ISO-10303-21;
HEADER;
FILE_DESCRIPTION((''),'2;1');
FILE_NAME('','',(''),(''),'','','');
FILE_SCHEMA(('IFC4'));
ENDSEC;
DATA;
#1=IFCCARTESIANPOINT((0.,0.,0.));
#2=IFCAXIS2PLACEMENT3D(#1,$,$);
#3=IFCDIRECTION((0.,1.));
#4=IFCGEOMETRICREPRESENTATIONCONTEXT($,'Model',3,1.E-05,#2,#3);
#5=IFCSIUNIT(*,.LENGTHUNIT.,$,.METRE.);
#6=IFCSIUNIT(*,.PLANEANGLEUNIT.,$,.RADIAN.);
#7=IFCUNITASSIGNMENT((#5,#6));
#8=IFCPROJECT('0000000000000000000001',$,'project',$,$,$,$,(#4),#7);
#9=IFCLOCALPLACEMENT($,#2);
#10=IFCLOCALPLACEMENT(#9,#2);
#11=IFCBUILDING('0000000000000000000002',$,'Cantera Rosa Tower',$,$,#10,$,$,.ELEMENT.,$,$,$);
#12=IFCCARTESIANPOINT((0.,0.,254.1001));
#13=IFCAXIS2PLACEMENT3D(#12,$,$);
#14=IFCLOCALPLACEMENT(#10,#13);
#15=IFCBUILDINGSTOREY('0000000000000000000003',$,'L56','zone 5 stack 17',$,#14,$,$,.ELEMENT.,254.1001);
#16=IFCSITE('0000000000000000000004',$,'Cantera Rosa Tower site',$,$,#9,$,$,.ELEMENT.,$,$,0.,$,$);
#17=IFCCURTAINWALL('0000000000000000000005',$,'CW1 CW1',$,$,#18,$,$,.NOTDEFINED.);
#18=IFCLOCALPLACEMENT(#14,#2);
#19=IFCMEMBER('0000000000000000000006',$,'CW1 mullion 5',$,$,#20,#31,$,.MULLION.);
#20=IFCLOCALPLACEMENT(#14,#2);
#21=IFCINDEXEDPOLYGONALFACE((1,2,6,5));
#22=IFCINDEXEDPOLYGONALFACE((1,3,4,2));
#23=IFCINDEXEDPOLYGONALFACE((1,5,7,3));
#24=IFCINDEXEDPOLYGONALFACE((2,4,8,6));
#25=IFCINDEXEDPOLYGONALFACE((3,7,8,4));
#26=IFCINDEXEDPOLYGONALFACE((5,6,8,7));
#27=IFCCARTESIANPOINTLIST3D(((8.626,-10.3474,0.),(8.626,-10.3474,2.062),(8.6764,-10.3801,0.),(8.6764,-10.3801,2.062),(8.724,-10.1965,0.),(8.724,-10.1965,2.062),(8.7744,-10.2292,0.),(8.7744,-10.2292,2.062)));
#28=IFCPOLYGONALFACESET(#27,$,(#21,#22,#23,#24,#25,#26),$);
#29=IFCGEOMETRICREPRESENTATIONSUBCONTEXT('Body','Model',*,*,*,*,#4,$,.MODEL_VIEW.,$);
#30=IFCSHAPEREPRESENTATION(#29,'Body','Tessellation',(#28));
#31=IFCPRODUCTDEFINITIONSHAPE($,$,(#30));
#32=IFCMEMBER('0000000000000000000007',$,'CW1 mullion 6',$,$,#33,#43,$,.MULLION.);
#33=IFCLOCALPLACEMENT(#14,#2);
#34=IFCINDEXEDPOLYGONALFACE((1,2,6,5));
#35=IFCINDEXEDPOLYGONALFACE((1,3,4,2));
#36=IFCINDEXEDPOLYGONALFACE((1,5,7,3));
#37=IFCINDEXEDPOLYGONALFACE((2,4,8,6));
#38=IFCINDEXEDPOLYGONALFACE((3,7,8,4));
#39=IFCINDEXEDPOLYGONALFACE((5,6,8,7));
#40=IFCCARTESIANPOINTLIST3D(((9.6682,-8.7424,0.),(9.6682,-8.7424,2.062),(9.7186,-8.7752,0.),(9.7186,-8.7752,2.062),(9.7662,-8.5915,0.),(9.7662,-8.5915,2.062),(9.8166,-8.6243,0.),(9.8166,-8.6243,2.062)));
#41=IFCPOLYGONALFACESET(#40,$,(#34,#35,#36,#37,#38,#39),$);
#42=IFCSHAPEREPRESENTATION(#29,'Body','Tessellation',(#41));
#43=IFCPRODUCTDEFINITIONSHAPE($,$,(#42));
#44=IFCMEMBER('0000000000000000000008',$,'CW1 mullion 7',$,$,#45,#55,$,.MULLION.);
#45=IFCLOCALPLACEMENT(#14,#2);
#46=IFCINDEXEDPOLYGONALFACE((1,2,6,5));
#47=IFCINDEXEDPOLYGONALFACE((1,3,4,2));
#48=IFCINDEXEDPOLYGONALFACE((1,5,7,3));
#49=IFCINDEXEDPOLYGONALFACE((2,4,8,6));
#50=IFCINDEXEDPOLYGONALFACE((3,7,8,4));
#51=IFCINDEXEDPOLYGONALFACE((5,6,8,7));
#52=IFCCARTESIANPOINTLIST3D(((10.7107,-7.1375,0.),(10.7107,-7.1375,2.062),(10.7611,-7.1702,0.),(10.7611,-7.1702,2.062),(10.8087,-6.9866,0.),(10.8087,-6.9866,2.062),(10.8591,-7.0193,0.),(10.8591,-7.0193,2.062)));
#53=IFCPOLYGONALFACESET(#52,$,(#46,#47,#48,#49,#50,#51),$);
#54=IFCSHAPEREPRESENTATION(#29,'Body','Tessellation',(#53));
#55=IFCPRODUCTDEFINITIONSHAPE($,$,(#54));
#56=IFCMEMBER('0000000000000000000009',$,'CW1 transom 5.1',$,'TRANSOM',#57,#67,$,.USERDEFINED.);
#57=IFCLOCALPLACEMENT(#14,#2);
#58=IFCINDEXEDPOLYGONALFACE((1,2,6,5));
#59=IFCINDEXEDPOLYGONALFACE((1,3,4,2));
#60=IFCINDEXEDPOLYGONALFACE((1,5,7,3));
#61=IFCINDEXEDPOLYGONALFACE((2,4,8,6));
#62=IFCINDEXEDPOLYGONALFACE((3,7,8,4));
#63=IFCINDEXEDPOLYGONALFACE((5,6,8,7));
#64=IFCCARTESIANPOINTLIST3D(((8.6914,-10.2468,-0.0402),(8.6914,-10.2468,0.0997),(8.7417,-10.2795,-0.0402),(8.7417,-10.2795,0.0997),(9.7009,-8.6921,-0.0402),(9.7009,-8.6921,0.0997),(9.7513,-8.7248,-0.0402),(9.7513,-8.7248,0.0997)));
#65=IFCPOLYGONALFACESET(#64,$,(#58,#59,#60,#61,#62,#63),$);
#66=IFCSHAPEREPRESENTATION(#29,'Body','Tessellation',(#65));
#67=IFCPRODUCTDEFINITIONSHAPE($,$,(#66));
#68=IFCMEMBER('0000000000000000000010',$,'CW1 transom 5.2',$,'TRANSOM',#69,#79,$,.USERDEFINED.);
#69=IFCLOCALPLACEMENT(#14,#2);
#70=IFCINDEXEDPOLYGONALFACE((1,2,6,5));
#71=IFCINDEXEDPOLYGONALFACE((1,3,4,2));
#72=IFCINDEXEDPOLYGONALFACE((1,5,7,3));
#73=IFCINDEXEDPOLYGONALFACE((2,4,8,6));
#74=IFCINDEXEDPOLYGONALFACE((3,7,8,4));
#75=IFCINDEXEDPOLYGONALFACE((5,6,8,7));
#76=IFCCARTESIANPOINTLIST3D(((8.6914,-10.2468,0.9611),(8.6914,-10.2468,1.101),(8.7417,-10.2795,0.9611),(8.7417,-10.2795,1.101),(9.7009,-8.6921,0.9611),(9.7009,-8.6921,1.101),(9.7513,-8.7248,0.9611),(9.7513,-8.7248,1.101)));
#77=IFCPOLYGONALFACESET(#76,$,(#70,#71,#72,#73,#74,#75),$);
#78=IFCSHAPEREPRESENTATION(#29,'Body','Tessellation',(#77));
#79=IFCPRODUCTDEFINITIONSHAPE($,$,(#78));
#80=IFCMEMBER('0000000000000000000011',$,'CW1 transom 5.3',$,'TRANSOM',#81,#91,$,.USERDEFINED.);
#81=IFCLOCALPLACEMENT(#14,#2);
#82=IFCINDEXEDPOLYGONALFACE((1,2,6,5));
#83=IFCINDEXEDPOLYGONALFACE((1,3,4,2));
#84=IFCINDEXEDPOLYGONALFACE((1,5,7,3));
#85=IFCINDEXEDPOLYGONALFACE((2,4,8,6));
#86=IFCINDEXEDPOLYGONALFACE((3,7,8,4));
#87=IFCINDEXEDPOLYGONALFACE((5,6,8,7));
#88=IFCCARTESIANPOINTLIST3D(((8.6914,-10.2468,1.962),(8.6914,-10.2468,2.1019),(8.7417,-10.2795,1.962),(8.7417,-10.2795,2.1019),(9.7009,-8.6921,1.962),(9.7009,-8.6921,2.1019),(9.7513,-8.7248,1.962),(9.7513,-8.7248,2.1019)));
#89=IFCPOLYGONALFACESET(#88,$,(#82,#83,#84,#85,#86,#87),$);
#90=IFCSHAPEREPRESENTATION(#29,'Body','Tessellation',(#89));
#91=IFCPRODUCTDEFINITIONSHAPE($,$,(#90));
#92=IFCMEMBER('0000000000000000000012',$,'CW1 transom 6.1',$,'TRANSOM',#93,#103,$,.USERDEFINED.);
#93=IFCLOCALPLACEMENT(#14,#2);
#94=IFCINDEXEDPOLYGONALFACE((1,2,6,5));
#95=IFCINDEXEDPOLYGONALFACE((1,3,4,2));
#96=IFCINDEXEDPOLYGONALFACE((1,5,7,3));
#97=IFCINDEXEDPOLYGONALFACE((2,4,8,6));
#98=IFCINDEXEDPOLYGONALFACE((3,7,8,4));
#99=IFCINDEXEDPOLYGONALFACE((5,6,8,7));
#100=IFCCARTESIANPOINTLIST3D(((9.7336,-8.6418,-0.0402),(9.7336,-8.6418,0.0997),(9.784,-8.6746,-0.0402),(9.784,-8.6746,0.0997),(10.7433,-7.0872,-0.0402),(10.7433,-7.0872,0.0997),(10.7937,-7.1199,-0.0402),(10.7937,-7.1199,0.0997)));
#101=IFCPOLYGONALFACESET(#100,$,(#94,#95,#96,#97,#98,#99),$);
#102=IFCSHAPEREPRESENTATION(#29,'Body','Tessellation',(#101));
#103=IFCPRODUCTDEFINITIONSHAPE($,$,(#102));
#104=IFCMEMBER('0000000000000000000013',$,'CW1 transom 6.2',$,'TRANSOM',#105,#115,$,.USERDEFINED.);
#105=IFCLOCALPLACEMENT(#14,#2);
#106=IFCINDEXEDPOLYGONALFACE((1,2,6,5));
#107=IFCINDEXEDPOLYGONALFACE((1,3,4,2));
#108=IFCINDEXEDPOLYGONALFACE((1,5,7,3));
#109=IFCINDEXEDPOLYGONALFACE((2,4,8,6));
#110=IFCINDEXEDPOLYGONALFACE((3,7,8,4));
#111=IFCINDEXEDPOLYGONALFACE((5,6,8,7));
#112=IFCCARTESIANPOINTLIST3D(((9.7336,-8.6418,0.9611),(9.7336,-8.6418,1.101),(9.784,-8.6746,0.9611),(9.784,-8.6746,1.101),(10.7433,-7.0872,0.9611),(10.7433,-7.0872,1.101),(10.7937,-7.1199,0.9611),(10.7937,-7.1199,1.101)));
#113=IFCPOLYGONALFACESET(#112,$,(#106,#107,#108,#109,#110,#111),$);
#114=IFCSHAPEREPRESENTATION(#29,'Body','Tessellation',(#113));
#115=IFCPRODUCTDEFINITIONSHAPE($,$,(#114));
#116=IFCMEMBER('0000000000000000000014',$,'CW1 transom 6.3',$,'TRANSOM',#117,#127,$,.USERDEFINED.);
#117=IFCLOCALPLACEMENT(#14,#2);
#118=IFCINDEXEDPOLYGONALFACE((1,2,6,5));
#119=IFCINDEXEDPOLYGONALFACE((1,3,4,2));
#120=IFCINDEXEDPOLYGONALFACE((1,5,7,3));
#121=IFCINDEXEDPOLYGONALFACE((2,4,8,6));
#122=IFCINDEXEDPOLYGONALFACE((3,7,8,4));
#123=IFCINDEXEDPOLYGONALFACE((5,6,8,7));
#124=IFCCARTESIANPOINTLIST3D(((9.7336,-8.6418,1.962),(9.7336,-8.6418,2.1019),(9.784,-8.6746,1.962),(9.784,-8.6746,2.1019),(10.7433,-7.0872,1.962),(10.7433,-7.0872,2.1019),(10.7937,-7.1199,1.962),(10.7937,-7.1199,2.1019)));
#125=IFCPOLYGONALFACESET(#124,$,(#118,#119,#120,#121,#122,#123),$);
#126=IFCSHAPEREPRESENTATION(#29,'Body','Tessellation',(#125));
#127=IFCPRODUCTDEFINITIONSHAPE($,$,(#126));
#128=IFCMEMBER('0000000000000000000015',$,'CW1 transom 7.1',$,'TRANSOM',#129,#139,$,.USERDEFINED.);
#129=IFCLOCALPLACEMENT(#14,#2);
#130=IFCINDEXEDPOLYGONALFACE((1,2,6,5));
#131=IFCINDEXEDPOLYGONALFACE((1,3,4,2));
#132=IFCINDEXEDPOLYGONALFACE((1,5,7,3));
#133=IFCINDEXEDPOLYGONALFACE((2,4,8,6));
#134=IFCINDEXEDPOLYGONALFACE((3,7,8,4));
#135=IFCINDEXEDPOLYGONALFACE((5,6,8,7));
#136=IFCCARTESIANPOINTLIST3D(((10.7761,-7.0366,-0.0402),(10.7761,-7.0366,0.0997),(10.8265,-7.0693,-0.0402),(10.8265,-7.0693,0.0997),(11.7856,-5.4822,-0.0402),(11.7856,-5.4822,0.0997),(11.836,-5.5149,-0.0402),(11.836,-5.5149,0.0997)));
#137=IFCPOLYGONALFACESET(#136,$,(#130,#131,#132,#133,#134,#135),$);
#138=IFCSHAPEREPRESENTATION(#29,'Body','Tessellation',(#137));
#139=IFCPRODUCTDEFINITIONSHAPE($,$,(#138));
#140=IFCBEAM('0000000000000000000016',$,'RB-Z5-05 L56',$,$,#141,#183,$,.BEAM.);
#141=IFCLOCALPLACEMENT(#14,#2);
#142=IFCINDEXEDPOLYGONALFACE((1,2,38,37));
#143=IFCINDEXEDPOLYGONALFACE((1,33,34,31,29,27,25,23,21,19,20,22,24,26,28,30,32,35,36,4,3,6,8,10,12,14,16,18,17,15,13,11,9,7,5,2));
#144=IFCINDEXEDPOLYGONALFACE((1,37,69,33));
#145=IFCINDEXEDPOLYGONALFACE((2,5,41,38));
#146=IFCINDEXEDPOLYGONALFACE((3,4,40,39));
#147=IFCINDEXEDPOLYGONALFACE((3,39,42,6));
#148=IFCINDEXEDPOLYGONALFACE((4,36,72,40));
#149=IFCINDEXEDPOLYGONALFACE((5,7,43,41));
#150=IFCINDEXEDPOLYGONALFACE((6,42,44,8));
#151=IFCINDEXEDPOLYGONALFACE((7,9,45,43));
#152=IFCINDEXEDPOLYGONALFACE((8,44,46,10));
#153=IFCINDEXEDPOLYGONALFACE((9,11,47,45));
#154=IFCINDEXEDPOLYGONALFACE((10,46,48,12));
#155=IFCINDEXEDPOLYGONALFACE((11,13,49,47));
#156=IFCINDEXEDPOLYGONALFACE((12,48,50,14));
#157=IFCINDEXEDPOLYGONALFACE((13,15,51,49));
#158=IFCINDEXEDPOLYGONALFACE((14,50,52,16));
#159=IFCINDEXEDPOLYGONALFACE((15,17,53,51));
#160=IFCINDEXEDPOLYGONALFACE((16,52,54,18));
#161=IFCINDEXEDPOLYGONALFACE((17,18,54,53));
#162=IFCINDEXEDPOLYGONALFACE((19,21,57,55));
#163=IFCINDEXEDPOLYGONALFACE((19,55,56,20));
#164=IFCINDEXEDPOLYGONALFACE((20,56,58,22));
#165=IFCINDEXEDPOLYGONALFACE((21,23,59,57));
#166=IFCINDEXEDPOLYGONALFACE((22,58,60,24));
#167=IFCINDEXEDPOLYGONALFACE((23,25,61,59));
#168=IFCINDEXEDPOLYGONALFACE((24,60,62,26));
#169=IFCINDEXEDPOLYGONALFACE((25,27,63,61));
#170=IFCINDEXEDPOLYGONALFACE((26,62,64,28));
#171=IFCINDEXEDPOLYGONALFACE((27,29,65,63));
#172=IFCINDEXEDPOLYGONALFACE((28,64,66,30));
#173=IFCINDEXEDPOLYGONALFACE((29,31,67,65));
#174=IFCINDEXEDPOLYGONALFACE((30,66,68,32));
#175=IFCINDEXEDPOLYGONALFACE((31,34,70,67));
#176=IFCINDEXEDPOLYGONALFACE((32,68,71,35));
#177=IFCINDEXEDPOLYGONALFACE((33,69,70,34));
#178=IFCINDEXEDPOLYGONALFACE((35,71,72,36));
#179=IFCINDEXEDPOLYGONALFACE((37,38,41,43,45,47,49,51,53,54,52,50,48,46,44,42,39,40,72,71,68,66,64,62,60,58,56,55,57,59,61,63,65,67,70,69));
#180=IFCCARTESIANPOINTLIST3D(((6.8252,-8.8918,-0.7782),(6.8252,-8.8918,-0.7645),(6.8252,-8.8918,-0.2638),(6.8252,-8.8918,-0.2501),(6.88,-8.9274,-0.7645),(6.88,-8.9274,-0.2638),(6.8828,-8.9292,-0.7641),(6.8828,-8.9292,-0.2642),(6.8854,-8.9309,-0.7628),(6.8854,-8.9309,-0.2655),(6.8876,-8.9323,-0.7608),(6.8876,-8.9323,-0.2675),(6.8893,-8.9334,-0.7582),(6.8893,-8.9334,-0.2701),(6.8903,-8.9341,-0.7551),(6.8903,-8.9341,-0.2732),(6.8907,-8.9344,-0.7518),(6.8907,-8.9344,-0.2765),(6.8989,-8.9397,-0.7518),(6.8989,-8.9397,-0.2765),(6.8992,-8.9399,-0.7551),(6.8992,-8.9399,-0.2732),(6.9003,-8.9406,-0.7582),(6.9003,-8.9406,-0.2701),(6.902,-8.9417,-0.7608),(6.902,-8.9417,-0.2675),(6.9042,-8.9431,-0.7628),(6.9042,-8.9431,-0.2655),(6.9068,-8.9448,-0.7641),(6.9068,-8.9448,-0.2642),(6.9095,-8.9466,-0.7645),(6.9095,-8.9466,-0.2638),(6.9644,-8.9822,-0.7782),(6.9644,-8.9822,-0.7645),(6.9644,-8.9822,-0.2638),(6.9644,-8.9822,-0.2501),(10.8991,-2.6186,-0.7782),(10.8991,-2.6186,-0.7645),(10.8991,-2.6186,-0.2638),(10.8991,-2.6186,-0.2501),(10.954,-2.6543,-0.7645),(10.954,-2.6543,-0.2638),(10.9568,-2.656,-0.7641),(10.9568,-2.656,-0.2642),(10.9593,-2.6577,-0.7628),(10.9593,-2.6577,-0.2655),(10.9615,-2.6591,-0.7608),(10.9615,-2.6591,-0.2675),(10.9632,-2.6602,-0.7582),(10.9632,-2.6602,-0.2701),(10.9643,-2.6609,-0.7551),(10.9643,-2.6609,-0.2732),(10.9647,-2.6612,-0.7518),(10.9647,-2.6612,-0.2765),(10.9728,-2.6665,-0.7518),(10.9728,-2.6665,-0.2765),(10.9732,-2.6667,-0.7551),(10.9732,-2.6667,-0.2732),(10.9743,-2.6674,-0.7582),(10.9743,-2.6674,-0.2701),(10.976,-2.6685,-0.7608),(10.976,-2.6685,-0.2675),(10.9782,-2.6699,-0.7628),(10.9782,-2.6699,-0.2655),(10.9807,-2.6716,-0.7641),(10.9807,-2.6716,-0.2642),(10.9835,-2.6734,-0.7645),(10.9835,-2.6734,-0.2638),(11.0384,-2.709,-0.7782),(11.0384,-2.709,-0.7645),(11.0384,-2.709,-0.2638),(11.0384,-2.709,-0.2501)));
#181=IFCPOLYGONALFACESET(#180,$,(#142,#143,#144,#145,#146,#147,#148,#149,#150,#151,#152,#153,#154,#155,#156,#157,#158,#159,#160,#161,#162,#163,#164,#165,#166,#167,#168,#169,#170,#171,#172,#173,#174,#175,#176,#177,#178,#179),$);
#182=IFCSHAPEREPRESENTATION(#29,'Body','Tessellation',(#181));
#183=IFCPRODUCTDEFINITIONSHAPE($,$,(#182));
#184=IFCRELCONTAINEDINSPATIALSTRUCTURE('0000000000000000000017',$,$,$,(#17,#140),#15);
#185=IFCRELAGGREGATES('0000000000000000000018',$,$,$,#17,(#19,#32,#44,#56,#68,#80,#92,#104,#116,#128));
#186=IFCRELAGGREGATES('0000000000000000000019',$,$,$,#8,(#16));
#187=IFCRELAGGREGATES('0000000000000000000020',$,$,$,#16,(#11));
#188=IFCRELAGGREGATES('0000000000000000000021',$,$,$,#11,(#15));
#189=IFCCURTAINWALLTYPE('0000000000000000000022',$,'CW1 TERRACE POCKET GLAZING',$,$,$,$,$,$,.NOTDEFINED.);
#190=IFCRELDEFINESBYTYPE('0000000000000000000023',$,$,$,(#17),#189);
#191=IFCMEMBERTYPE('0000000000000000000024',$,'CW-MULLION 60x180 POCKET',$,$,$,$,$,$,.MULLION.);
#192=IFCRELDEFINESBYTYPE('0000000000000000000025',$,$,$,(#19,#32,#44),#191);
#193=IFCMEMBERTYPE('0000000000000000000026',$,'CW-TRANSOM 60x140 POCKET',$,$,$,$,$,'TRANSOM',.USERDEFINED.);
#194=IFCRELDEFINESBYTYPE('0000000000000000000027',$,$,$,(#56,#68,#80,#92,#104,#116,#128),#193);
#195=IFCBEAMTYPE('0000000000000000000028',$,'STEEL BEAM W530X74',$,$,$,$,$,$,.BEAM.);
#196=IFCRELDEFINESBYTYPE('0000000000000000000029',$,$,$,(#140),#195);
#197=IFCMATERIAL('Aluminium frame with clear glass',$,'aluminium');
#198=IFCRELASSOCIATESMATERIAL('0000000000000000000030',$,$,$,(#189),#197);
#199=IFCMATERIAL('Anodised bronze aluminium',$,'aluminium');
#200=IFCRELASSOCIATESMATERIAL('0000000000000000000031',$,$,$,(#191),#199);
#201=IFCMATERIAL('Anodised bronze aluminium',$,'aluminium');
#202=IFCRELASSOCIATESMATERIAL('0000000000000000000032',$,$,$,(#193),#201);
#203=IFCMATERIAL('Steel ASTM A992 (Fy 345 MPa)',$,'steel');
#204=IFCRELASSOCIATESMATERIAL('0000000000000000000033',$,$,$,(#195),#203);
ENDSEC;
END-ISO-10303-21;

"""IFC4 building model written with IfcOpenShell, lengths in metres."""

from ifc_helpers import new_model, si_unit, direction, frame, origin, origin_2d, place, context, subcontext, project, spatial, rectangle, i_section, extrude, material, material_profile, profile_set, type_object, element, aggregate, save


model = new_model("IFC4")

# Units and contexts
model_context = context("Model", 3, precision=1e-05, world=origin(), true_north=direction((0.0, 1.0)))
body_context = subcontext(model_context, "Body", "Model", "MODEL_VIEW")
ifc_project = project(units=[si_unit("LENGTHUNIT", "METRE"), si_unit("PLANEANGLEUNIT", "RADIAN")], contexts=[model_context])

# Site, building, storey
site_placement = place(None, origin())
site = spatial("IfcSite", under=ifc_project, at=site_placement, Name="Cantera Rosa Tower site", CompositionType="ELEMENT", RefElevation=0.0)
building_placement = place(site_placement, origin())
building = spatial("IfcBuilding", under=site, at=building_placement, Name="Cantera Rosa Tower", CompositionType="ELEMENT")
storey_placement = place(building_placement, frame((0.0, 0.0, 254.1001)))
storey = spatial("IfcBuildingStorey", under=building, at=storey_placement, Name="L56", Description="zone 5 stack 17", CompositionType="ELEMENT", Elevation=254.1001)

# Curtain wall, members
ifc_material_1 = material(Name="Aluminium frame with clear glass", Category="aluminium")
curtain_wall_type = type_object("IfcCurtainWallType", Name="CW1 TERRACE POCKET GLAZING", PredefinedType="NOTDEFINED", material=ifc_material_1)
curtain_wall_placement = place(storey_placement, origin())
curtain_wall = element("IfcCurtainWall", 1, at=curtain_wall_placement, inside=storey, type_object=curtain_wall_type, Name="CW1 CW1", PredefinedType="NOTDEFINED")
ifc_material_2 = material(Name="Anodised bronze aluminium", Category="aluminium")
ifc_material_profile_1 = material_profile(ifc_material_2, rectangle(XDim=0.0601, YDim=0.1799, at=origin_2d()), Name="CW-MULLION 60x180 POCKET")
ifc_profile_set_1 = profile_set([ifc_material_profile_1], Name="Anodised bronze aluminium")
member_type_1 = type_object("IfcMemberType", Name="CW-MULLION 60x180 POCKET", PredefinedType="MULLION", material=ifc_profile_set_1)
member_1_placement = place(storey_placement, frame((8.7002, -10.2883, 0.0), z_axis=(0.0, 0.0, 1.0), x_axis=(-0.838671, 0.544639, 0.0)))
member_1 = element("IfcMember", 2, at=member_1_placement, type_object=member_type_1, Name="CW1 mullion 5", PredefinedType="MULLION", context=body_context, shape_type="SweptSolid", body=[
    extrude(rectangle(XDim=0.0601, YDim=0.1799, at=origin_2d()), origin(), (0.0, 0.0, 1.0), 2.062),
])
member_2_placement = place(storey_placement, frame((9.7424, -8.6833, 0.0), z_axis=(0.0, 0.0, 1.0), x_axis=(-0.838671, 0.544639, 0.0)))
member_2 = element("IfcMember", 3, at=member_2_placement, type_object=member_type_1, Name="CW1 mullion 6", PredefinedType="MULLION", context=body_context, shape_type="SweptSolid", body=[
    extrude(rectangle(XDim=0.0601, YDim=0.1799, at=origin_2d()), origin(), (0.0, 0.0, 1.0), 2.062),
])
member_3_placement = place(storey_placement, frame((10.7849, -7.0784, 0.0), z_axis=(0.0, 0.0, 1.0), x_axis=(-0.838671, 0.544639, 0.0)))
member_3 = element("IfcMember", 4, at=member_3_placement, type_object=member_type_1, Name="CW1 mullion 7", PredefinedType="MULLION", context=body_context, shape_type="SweptSolid", body=[
    extrude(rectangle(XDim=0.0601, YDim=0.1799, at=origin_2d()), origin(), (0.0, 0.0, 1.0), 2.062),
])
ifc_material_3 = material(Name="Anodised bronze aluminium", Category="aluminium")
ifc_material_profile_2 = material_profile(ifc_material_3, rectangle(XDim=0.0601, YDim=0.1399, at=origin_2d()), Name="CW-TRANSOM 60x140 POCKET")
ifc_profile_set_2 = profile_set([ifc_material_profile_2], Name="Anodised bronze aluminium")
member_type_2 = type_object("IfcMemberType", Name="CW-TRANSOM 60x140 POCKET", ElementType="TRANSOM", PredefinedType="USERDEFINED", material=ifc_profile_set_2)
member_4_placement = place(storey_placement, frame((8.7166, -10.2632, 0.0298), z_axis=(0.544599, 0.838696, 0.0), x_axis=(-0.838696, 0.544599, 0.0)))
member_4 = element("IfcMember", 5, at=member_4_placement, type_object=member_type_2, Name="CW1 transom 5.1", ObjectType="TRANSOM", PredefinedType="USERDEFINED", context=body_context, shape_type="SweptSolid", body=[
    extrude(rectangle(XDim=0.0601, YDim=0.1399, at=origin_2d()), origin(), (0.0, 0.0, 1.0), 1.8538),
])
member_5_placement = place(storey_placement, frame((8.7166, -10.2632, 1.031), z_axis=(0.544599, 0.838696, 0.0), x_axis=(-0.838696, 0.544599, 0.0)))
member_5 = element("IfcMember", 6, at=member_5_placement, type_object=member_type_2, Name="CW1 transom 5.2", ObjectType="TRANSOM", PredefinedType="USERDEFINED", context=body_context, shape_type="SweptSolid", body=[
    extrude(rectangle(XDim=0.0601, YDim=0.1399, at=origin_2d()), origin(), (0.0, 0.0, 1.0), 1.8538),
])
member_6_placement = place(storey_placement, frame((8.7166, -10.2632, 2.032), z_axis=(0.544599, 0.838696, 0.0), x_axis=(-0.838696, 0.544599, 0.0)))
member_6 = element("IfcMember", 7, at=member_6_placement, type_object=member_type_2, Name="CW1 transom 5.3", ObjectType="TRANSOM", PredefinedType="USERDEFINED", context=body_context, shape_type="SweptSolid", body=[
    extrude(rectangle(XDim=0.0601, YDim=0.1399, at=origin_2d()), origin(), (0.0, 0.0, 1.0), 1.8538),
])
member_7_placement = place(storey_placement, frame((9.7588, -8.6582, 0.0298), z_axis=(0.544692, 0.838636, 0.0), x_axis=(-0.838636, 0.544692, 0.0)))
member_7 = element("IfcMember", 8, at=member_7_placement, type_object=member_type_2, Name="CW1 transom 6.1", ObjectType="TRANSOM", PredefinedType="USERDEFINED", context=body_context, shape_type="SweptSolid", body=[
    extrude(rectangle(XDim=0.0601, YDim=0.1399, at=origin_2d()), origin(), (0.0, 0.0, 1.0), 1.8538),
])
member_8_placement = place(storey_placement, frame((9.7588, -8.6582, 1.031), z_axis=(0.544692, 0.838636, 0.0), x_axis=(-0.838636, 0.544692, 0.0)))
member_8 = element("IfcMember", 9, at=member_8_placement, type_object=member_type_2, Name="CW1 transom 6.2", ObjectType="TRANSOM", PredefinedType="USERDEFINED", context=body_context, shape_type="SweptSolid", body=[
    extrude(rectangle(XDim=0.0601, YDim=0.1399, at=origin_2d()), origin(), (0.0, 0.0, 1.0), 1.8538),
])
member_9_placement = place(storey_placement, frame((9.7588, -8.6582, 2.032), z_axis=(0.544692, 0.838636, 0.0), x_axis=(-0.838636, 0.544692, 0.0)))
member_9 = element("IfcMember", 10, at=member_9_placement, type_object=member_type_2, Name="CW1 transom 6.3", ObjectType="TRANSOM", PredefinedType="USERDEFINED", context=body_context, shape_type="SweptSolid", body=[
    extrude(rectangle(XDim=0.0601, YDim=0.1399, at=origin_2d()), origin(), (0.0, 0.0, 1.0), 1.8538),
])
member_10_placement = place(storey_placement, frame((10.8013, -7.053, 0.0298), z_axis=(0.54466, 0.838657, 0.0), x_axis=(-0.838657, 0.54466, 0.0)))
member_10 = element("IfcMember", 11, at=member_10_placement, type_object=member_type_2, Name="CW1 transom 7.1", ObjectType="TRANSOM", PredefinedType="USERDEFINED", context=body_context, shape_type="SweptSolid", body=[
    extrude(rectangle(XDim=0.0601, YDim=0.1399, at=origin_2d()), origin(), (0.0, 0.0, 1.0), 1.8535),
])

# Beam
ifc_material_4 = material(Name="Steel ASTM A992 (Fy 345 MPa)", Category="steel")
ifc_material_profile_3 = material_profile(ifc_material_4, i_section(OverallWidth=0.166, OverallDepth=0.5281, WebThickness=0.0098, FlangeThickness=0.0137, FilletRadius=0.0127, at=origin_2d()), Name="W530X74")
ifc_profile_set_3 = profile_set([ifc_material_profile_3], Name="Steel ASTM A992 (Fy 345 MPa)")
beam_type = type_object("IfcBeamType", Name="STEEL BEAM W530X74", PredefinedType="BEAM", material=ifc_profile_set_3)
beam_placement = place(storey_placement, frame((6.8948, -8.937, -0.5142), z_axis=(0.54465, 0.838664, 0.0), x_axis=(-0.838664, 0.54465, 0.0)))
element("IfcBeam", 12, at=beam_placement, inside=storey, type_object=beam_type, Name="RB-Z5-05 L56", PredefinedType="BEAM", context=body_context, shape_type="SweptSolid", body=[
    extrude(i_section(OverallWidth=0.166, OverallDepth=0.5281, WebThickness=0.0098, FlangeThickness=0.0137, FilletRadius=0.0127, at=origin_2d()), origin(), (0.0, 0.0, 1.0), 7.48),
])

aggregate(curtain_wall, [member_1, member_2, member_3, member_4, member_5, member_6, member_7, member_8, member_9, member_10])

save(model, "model.ifc")
